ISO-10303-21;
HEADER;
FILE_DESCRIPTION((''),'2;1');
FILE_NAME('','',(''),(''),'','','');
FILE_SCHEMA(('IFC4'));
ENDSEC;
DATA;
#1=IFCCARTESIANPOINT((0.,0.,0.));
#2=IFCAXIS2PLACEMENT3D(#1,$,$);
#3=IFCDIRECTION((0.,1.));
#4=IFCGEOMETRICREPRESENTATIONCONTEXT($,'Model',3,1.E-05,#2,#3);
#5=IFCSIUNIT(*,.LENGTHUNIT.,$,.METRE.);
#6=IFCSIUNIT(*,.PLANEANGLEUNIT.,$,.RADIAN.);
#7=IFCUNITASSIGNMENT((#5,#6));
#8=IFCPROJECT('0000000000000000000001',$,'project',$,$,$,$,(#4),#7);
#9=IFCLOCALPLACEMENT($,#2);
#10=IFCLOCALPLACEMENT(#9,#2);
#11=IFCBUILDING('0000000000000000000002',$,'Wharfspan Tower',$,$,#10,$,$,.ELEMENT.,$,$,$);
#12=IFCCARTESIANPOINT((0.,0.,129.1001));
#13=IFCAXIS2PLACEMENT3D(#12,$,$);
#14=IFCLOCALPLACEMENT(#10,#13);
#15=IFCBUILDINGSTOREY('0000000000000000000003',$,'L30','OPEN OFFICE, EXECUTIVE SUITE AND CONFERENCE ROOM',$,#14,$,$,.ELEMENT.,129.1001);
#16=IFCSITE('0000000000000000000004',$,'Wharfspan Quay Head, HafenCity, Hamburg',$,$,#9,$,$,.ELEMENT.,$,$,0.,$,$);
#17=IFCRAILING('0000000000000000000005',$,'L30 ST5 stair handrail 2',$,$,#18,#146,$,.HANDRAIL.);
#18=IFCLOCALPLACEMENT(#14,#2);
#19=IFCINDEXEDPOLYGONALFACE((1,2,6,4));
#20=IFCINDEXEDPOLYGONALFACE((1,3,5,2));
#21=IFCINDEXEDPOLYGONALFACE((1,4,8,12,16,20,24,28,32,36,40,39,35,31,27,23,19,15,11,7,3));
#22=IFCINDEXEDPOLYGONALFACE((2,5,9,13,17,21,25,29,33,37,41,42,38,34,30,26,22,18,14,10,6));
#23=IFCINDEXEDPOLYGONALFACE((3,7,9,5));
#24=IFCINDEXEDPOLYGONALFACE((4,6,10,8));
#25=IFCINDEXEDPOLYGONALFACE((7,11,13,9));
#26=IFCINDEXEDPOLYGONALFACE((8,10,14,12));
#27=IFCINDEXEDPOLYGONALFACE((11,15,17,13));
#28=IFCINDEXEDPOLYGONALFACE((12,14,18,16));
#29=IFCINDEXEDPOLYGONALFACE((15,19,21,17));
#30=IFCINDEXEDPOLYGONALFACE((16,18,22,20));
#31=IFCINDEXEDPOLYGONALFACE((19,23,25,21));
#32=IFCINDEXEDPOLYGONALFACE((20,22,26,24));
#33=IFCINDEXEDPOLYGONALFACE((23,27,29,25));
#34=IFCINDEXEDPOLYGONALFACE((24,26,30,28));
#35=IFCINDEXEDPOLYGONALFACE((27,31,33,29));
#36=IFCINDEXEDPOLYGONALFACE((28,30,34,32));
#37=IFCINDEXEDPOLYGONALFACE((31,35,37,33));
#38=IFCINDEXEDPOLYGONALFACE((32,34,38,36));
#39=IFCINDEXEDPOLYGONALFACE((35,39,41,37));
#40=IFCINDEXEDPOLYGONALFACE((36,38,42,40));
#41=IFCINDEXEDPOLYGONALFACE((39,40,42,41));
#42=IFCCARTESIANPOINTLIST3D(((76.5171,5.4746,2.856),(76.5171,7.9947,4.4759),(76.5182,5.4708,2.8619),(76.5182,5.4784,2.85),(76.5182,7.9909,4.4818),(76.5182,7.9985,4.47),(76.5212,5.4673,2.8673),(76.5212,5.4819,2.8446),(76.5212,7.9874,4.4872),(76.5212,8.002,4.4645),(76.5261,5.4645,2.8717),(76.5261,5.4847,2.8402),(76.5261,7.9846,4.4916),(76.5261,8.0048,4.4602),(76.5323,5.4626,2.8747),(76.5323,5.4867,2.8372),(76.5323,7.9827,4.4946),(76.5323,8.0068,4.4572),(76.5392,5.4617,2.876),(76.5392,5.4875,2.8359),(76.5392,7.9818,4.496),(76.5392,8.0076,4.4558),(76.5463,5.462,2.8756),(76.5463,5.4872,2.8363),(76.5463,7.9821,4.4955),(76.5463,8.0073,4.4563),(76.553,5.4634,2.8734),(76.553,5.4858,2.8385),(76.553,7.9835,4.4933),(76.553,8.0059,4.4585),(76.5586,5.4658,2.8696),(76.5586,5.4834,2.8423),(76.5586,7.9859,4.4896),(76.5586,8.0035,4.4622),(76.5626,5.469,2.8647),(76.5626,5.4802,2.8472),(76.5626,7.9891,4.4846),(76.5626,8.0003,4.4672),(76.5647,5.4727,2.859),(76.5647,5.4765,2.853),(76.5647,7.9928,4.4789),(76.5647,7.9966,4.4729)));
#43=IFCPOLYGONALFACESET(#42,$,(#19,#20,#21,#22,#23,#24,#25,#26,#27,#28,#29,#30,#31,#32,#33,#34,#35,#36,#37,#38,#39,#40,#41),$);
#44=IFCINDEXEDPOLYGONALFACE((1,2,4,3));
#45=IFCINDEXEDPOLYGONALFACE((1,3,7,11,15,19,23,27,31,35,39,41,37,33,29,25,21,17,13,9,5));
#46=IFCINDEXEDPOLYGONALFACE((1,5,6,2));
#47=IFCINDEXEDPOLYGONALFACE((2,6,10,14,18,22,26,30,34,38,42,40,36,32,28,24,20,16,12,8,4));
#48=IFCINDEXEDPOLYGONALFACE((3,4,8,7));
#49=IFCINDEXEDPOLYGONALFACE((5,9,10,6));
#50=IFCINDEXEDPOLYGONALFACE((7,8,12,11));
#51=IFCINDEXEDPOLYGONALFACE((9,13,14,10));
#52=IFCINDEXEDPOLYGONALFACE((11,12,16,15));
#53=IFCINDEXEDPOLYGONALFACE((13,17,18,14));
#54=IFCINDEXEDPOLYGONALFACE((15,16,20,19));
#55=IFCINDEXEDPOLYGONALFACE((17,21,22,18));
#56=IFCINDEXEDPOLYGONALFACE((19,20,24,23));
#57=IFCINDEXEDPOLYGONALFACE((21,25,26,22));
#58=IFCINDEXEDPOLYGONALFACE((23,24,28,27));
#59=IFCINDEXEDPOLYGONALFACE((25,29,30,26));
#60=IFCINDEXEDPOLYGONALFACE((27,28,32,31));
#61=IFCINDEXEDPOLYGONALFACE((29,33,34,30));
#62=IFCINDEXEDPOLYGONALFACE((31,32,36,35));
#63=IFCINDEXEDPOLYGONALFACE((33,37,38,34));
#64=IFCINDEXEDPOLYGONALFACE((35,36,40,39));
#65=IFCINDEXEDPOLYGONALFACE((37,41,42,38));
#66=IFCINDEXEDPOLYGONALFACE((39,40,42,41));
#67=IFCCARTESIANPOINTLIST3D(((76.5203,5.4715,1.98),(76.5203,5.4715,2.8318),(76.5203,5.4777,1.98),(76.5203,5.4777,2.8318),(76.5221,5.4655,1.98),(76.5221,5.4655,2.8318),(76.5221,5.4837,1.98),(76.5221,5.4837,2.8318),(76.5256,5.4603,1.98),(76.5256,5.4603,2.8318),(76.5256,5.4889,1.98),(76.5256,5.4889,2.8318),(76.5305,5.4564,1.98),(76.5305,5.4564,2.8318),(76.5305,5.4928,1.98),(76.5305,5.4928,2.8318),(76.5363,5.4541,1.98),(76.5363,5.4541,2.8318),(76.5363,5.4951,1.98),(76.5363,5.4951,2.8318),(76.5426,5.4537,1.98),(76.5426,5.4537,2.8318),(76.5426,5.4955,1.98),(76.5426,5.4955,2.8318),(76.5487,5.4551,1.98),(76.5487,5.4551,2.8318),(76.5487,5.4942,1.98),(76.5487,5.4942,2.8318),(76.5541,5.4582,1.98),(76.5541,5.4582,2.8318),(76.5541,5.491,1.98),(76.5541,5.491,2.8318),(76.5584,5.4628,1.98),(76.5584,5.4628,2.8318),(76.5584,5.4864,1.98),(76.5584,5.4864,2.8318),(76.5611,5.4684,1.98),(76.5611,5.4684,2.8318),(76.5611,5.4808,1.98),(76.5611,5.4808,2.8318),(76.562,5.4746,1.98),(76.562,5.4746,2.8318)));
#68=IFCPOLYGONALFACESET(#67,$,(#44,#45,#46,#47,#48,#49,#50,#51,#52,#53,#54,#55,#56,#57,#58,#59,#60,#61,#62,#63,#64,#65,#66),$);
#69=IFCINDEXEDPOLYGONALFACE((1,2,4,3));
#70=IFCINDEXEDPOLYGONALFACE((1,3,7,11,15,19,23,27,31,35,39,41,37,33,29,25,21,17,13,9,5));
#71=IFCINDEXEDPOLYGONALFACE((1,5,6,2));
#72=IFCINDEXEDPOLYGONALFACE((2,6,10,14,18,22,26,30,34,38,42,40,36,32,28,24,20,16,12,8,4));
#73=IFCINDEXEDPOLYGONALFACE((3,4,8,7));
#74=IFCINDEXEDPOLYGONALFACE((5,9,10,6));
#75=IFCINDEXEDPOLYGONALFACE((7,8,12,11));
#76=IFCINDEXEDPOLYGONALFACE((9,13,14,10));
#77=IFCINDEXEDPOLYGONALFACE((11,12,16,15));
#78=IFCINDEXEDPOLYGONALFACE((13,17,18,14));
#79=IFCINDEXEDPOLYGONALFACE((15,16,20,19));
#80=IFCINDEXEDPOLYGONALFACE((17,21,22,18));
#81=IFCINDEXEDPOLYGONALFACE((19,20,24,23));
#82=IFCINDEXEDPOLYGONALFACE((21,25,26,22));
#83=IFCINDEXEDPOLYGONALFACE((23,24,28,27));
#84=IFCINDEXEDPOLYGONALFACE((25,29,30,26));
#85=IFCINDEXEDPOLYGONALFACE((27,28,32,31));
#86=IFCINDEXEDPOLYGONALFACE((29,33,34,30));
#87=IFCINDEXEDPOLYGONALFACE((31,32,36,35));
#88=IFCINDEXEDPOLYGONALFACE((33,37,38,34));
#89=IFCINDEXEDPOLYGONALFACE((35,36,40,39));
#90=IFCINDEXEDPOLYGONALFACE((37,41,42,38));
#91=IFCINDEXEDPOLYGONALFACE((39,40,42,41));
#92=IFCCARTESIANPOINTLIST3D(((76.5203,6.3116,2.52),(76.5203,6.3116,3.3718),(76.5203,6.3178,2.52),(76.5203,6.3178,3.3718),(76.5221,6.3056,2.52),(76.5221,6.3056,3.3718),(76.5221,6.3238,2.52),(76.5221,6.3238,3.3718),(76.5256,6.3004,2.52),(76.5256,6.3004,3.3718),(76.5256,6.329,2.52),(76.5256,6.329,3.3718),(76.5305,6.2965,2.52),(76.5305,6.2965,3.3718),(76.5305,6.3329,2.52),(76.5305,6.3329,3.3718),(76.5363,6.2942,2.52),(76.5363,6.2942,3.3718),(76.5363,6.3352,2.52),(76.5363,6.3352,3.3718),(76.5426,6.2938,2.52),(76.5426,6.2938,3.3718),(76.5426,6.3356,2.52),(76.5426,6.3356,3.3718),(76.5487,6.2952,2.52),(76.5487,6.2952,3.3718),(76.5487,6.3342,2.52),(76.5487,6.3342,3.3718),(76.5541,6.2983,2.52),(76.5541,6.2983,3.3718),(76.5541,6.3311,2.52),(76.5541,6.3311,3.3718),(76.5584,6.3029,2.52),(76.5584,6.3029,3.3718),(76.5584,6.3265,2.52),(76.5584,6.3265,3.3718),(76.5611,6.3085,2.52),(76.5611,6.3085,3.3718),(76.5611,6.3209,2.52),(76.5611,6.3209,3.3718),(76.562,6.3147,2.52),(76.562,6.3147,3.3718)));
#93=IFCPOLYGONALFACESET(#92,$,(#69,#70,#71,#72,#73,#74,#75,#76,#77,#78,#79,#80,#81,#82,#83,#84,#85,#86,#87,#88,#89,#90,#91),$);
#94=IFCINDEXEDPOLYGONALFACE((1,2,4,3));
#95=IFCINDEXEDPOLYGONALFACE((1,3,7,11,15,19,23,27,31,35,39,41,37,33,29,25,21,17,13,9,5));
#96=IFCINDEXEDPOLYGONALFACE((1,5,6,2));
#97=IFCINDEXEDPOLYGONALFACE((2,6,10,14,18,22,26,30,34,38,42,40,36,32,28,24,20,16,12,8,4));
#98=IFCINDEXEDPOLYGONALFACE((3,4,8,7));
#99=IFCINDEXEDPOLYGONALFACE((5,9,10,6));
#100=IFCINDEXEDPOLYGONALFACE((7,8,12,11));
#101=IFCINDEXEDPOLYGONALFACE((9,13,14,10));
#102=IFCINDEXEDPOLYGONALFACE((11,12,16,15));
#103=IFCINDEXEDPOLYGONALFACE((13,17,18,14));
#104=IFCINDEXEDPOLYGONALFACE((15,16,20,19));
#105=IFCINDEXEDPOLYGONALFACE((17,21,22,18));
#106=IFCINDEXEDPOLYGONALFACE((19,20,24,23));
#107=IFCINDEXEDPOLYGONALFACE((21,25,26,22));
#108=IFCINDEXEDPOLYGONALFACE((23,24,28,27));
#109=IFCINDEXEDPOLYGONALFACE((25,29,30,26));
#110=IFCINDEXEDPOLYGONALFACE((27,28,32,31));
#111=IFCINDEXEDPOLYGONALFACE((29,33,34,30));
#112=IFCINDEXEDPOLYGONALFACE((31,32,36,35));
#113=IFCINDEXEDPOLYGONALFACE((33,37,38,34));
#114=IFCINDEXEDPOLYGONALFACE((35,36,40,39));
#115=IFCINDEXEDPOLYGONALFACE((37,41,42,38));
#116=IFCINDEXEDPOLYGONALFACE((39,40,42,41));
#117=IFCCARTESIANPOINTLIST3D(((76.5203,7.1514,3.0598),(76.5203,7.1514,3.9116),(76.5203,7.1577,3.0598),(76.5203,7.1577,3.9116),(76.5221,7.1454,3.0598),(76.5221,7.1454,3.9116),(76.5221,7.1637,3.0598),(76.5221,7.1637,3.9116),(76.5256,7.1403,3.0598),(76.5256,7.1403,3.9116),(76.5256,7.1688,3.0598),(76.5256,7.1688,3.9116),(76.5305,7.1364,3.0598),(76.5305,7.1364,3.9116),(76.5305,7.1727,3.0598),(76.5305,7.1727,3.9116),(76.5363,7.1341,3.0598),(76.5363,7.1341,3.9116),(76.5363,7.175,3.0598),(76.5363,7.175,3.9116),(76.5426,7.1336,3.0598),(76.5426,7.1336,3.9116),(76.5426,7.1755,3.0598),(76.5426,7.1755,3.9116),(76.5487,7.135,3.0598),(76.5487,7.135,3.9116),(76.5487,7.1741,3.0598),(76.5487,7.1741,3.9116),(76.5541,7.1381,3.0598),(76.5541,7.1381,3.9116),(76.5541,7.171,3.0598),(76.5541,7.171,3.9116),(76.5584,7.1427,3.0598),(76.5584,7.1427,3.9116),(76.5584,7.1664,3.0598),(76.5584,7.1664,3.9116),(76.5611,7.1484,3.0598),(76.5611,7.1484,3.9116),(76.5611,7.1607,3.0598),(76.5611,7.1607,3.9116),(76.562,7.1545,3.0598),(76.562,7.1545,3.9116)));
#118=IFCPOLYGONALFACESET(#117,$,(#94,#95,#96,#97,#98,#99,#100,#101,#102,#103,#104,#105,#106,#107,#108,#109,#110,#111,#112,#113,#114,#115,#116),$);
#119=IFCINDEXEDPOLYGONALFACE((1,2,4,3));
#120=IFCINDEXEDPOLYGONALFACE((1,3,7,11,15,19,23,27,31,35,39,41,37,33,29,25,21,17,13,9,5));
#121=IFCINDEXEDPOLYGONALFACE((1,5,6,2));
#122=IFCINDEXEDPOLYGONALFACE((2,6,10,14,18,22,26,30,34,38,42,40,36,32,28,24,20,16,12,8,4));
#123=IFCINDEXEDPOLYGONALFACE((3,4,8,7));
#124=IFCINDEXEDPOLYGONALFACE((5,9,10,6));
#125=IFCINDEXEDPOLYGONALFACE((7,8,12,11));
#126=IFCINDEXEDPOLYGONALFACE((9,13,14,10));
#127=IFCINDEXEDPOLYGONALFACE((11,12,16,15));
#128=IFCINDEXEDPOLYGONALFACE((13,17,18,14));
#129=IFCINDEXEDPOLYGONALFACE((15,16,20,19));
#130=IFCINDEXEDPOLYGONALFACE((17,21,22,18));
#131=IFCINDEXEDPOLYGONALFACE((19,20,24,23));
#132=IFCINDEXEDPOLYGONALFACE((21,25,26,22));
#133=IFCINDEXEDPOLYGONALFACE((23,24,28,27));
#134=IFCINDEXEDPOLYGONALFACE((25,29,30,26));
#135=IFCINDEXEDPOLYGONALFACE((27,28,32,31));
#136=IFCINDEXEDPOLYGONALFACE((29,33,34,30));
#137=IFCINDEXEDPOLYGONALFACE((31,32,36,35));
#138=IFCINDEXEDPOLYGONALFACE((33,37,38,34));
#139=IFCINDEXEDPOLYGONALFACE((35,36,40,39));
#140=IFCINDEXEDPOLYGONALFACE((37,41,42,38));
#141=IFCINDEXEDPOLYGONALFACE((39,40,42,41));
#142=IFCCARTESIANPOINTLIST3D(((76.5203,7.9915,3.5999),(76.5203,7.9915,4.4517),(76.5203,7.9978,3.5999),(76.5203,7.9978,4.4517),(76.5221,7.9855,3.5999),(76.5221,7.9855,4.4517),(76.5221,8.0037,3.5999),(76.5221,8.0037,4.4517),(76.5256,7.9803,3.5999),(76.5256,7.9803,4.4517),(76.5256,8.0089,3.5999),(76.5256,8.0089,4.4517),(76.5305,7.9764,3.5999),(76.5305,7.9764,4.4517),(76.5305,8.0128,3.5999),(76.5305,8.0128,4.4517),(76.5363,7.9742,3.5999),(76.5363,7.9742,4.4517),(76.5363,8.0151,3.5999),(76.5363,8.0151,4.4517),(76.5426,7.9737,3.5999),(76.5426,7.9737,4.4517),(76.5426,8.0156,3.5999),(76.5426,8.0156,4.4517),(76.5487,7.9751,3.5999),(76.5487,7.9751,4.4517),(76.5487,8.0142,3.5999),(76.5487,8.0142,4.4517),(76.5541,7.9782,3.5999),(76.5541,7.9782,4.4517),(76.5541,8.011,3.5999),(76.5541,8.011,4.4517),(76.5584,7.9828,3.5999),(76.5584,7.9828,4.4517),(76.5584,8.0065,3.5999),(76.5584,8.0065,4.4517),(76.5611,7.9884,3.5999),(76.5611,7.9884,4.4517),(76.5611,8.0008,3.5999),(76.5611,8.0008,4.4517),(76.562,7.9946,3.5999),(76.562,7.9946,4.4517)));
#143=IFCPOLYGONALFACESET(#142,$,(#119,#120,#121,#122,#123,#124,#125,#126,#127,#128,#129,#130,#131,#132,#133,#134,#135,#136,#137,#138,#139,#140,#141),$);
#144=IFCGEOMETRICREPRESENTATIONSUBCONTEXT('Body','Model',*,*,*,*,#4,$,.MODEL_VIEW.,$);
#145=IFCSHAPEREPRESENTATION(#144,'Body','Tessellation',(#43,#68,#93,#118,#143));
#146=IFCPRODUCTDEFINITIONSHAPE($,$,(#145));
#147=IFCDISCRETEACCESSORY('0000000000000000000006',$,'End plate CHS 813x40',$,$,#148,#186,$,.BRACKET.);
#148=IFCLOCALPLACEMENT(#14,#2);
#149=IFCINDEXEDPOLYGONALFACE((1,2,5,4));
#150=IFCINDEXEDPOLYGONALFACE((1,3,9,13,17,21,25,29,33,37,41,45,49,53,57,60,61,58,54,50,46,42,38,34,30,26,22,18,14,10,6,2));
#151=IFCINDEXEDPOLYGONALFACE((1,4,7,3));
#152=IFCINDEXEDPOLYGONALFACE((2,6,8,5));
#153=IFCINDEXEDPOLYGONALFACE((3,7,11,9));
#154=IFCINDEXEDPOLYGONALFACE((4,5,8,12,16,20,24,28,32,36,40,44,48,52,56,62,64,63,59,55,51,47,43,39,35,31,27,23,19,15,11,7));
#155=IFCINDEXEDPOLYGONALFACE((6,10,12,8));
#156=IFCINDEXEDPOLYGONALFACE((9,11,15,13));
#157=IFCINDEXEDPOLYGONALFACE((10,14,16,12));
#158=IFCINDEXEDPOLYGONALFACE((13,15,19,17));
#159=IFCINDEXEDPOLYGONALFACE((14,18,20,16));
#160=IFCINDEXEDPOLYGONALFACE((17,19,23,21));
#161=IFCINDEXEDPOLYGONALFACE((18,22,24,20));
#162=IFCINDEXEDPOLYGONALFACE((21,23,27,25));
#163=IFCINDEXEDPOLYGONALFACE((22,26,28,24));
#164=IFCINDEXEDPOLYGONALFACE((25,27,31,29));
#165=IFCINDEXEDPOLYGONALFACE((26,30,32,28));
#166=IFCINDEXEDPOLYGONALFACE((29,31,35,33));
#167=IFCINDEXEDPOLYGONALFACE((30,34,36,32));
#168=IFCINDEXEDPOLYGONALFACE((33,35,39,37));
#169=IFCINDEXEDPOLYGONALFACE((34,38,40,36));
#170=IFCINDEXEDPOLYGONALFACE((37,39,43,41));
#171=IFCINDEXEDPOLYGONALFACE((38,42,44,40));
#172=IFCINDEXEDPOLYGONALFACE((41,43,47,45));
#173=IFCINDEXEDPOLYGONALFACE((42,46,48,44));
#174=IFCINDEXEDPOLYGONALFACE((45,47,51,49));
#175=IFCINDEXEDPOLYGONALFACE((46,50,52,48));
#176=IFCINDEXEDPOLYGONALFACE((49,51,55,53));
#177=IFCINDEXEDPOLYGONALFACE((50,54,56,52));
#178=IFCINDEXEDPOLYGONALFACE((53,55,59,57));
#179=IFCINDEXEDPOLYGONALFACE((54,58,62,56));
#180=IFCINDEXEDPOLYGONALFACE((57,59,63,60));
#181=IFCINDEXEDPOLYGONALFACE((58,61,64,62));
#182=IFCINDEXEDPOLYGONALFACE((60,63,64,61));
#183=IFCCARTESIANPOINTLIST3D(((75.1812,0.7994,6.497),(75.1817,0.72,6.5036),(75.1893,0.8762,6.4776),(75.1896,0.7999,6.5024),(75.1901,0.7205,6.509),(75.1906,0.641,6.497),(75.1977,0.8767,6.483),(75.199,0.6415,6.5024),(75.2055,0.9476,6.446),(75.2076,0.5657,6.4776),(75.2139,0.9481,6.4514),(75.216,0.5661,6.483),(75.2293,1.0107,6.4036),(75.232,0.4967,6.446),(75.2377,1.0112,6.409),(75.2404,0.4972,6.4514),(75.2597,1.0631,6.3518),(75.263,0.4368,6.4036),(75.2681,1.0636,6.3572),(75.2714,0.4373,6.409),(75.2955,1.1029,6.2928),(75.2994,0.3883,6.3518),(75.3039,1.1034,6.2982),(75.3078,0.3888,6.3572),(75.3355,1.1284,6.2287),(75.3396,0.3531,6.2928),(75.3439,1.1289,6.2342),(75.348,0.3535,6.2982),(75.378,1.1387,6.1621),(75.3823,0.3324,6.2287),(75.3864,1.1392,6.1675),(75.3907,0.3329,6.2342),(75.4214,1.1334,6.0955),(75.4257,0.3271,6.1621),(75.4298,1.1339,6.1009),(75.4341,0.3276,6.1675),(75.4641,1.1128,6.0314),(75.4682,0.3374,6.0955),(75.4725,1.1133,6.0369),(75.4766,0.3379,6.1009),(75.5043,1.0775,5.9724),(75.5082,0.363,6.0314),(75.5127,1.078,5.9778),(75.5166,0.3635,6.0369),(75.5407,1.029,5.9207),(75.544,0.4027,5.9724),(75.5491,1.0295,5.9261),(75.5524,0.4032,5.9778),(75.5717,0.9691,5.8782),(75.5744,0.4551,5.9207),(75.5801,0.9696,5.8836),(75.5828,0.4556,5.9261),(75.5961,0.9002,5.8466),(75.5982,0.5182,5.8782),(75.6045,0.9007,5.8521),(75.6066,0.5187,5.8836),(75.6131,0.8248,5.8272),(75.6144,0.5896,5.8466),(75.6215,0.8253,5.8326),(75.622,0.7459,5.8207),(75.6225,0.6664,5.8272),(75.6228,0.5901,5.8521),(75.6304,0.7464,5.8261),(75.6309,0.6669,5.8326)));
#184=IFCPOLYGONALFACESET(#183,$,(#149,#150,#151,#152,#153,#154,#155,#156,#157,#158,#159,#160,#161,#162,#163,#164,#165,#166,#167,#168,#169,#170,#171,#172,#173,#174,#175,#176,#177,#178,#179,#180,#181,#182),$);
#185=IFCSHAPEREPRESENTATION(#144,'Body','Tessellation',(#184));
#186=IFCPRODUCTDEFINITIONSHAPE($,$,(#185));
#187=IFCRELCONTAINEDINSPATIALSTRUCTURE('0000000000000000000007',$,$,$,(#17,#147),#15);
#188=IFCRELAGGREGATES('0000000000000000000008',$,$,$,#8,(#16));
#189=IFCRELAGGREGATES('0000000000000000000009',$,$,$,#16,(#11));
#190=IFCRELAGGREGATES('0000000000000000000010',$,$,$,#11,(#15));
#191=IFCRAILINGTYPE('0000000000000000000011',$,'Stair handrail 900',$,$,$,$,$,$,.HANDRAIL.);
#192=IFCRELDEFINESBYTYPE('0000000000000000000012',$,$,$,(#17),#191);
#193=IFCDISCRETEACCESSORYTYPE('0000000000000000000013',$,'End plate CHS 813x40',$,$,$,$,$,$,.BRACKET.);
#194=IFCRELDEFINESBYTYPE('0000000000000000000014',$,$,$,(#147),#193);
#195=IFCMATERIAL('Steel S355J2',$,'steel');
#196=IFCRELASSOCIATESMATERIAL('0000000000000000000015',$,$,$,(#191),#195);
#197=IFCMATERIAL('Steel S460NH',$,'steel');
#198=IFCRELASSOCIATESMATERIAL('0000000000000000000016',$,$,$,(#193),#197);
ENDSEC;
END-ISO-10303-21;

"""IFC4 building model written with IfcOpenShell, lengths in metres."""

from ifc_helpers import new_model, si_unit, direction, frame, origin, origin_2d, place, context, subcontext, project, spatial, circle, extrude, material, material_profile, profile_set, type_object, element, save


model = new_model("IFC4")

# Units and contexts
model_context = context("Model", 3, precision=1e-05, world=origin(), true_north=direction((0.0, 1.0)))
body_context = subcontext(model_context, "Body", "Model", "MODEL_VIEW")
ifc_project = project(units=[si_unit("LENGTHUNIT", "METRE"), si_unit("PLANEANGLEUNIT", "RADIAN")], contexts=[model_context])

# Site, building, storey
site_placement = place(None, origin())
site = spatial("IfcSite", under=ifc_project, at=site_placement, Name="Wharfspan Quay Head, HafenCity, Hamburg", CompositionType="ELEMENT", RefElevation=0.0)
building_placement = place(site_placement, origin())
building = spatial("IfcBuilding", under=site, at=building_placement, Name="Wharfspan Tower", CompositionType="ELEMENT")
storey_placement = place(building_placement, frame((0.0, 0.0, 129.1001)))
storey = spatial("IfcBuildingStorey", under=building, at=storey_placement, Name="L30", Description="OPEN OFFICE, EXECUTIVE SUITE AND CONFERENCE ROOM", CompositionType="ELEMENT", Elevation=129.1001)

# Shared definitions
ifc_material_1 = material(Name="Steel S355J2", Category="steel")

# Railing
railing_type_1 = type_object("IfcRailingType", Name="Stair handrail 900", PredefinedType="HANDRAIL", material=ifc_material_1)
railing_1_placement = place(storey_placement, frame((76.541, 5.4746, 1.98)))
element("IfcRailing", 1, at=railing_1_placement, inside=storey, type_object=railing_type_1, Name="L30 ST5 stair handrail 2", PredefinedType="HANDRAIL", context=body_context, shape_type="SweptSolid", body=[
    extrude(circle(Radius=0.0239, at=origin_2d()), frame((0.0, 0.0, 0.876), z_axis=(0.0, 0.8412, 0.540725), x_axis=(-1.0, 0.0, 0.0)), (0.0, 0.0, 1.0), 2.9958),
    extrude(circle(Radius=0.021, at=origin_2d()), origin(), (0.0, 0.0, 1.0), 0.8518),
    extrude(circle(Radius=0.021, at=origin_2d()), frame((0.0, 0.8401, 0.54)), (0.0, 0.0, 1.0), 0.8518),
    extrude(circle(Radius=0.021, at=origin_2d()), frame((0.0, 1.6799, 1.0798)), (0.0, 0.0, 1.0), 0.8518),
    extrude(circle(Radius=0.021, at=origin_2d()), frame((0.0, 2.52, 1.6199)), (0.0, 0.0, 1.0), 0.8518),
])

# Discrete accessory
ifc_material_2 = material(Name="Steel S460NH", Category="steel")
ifc_material_profile_1 = material_profile(ifc_material_2, circle(Radius=0.4065, at=origin_2d()))
ifc_profile_set_1 = profile_set([ifc_material_profile_1], Name="Steel S460NH")
discrete_accessory_type = type_object("IfcDiscreteAccessoryType", Name="End plate CHS 813x40", PredefinedType="BRACKET", material=ifc_profile_set_1)
for number, where, z_axis, x_axis, name in (
    (2, (75.4019, 0.7329, 6.1621), (0.838548, 0.049326, 0.54259), (-0.058722, 0.99827, 0.000001), "End plate CHS 813x40"),
):
    element("IfcDiscreteAccessory", number, at=place(storey_placement, frame(where, z_axis=z_axis, x_axis=x_axis)), inside=storey, type_object=discrete_accessory_type, Name=name, PredefinedType="BRACKET", context=body_context, shape_type="SweptSolid", body=[
        extrude(circle(Radius=0.4065, at=origin_2d()), origin(), (0.0, 0.0, 1.0), 0.01),
    ])

save(model, "model.ifc")
